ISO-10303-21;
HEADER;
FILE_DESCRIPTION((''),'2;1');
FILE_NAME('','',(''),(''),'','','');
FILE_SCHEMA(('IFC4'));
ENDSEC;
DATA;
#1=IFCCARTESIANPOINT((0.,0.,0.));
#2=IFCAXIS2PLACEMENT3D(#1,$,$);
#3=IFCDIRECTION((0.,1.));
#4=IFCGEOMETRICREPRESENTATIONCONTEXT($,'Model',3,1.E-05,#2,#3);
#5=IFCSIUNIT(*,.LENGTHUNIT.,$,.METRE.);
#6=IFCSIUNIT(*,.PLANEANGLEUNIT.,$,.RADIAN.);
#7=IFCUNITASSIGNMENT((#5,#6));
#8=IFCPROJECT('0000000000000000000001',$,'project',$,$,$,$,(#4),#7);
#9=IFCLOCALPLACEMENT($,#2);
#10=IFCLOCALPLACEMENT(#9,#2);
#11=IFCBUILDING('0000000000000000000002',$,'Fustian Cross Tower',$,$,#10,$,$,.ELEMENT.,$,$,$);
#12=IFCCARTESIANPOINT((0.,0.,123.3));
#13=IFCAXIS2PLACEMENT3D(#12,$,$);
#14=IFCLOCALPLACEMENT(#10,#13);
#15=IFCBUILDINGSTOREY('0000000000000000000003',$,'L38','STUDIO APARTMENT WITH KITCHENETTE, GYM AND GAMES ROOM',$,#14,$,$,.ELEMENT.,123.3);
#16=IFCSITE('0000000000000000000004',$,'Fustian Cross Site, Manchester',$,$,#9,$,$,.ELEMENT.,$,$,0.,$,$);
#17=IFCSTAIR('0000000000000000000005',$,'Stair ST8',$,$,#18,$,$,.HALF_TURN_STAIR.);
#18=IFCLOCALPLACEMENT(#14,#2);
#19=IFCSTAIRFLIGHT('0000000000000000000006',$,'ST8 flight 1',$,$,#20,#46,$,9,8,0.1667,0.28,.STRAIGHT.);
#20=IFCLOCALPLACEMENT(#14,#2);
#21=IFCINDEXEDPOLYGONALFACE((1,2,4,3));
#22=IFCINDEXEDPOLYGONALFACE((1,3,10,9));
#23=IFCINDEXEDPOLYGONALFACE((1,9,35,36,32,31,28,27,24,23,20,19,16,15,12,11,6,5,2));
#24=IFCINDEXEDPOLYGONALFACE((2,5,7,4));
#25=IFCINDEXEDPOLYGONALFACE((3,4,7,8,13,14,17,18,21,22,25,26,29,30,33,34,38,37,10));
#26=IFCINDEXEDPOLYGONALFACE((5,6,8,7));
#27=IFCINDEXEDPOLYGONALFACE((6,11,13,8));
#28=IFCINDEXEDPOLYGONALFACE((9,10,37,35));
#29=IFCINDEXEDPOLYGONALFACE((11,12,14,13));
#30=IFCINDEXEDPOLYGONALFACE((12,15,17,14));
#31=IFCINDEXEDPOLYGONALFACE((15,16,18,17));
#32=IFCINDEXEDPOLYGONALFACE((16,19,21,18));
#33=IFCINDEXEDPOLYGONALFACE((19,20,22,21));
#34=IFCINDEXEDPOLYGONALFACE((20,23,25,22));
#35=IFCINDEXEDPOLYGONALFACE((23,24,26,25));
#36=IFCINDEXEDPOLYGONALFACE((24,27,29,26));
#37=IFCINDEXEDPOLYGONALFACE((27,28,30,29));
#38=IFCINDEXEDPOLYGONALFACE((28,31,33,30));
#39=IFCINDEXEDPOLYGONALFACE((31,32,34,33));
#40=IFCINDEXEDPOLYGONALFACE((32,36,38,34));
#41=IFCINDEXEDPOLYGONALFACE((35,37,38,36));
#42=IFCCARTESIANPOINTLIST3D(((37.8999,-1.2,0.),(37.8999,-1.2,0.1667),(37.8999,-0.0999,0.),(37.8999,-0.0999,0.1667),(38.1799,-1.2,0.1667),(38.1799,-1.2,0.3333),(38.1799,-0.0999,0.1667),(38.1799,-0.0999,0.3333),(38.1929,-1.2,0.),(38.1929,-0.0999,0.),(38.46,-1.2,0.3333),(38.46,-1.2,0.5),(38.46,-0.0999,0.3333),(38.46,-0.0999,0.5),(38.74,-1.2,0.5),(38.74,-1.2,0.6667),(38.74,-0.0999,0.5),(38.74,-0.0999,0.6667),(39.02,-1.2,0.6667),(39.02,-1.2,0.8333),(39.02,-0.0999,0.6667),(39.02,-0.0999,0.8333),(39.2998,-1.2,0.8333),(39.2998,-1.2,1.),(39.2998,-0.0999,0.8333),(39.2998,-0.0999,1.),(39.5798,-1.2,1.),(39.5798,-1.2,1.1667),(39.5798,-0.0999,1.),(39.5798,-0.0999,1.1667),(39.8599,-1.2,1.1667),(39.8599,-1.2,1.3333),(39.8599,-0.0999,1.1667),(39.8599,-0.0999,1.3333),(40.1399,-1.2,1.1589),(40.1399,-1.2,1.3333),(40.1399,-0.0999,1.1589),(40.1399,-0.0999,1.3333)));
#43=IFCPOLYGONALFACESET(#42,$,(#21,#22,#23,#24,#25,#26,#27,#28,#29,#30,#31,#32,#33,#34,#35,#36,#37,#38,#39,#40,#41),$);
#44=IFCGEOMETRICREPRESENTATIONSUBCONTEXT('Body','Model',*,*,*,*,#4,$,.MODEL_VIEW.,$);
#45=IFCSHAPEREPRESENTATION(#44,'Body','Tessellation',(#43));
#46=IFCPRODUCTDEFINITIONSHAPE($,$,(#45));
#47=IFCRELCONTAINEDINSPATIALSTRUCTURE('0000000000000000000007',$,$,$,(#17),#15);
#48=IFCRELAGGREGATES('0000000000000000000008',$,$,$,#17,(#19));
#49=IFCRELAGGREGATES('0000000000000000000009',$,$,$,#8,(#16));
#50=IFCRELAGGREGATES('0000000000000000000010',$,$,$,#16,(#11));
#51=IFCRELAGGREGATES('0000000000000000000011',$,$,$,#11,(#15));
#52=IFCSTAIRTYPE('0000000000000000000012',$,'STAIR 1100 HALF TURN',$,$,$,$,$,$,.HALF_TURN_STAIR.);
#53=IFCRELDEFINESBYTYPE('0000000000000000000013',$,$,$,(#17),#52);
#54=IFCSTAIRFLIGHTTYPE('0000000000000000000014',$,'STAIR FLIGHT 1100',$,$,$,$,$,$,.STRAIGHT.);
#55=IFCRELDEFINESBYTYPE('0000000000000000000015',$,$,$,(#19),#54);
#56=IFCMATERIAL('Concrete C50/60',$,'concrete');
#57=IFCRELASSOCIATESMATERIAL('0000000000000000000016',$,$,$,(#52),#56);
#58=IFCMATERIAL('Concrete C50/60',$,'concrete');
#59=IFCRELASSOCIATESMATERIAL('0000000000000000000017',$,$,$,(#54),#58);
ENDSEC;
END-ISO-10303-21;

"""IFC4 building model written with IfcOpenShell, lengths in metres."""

from ifc_helpers import new_model, si_unit, direction, frame, origin, place, context, subcontext, project, spatial, polyline, outline, extrude, material, type_object, element, aggregate, save


model = new_model("IFC4")

# Units and contexts
model_context = context("Model", 3, precision=1e-05, world=origin(), true_north=direction((0.0, 1.0)))
body_context = subcontext(model_context, "Body", "Model", "MODEL_VIEW")
ifc_project = project(units=[si_unit("LENGTHUNIT", "METRE"), si_unit("PLANEANGLEUNIT", "RADIAN")], contexts=[model_context])

# Site, building, storey
site_placement = place(None, origin())
site = spatial("IfcSite", under=ifc_project, at=site_placement, Name="Fustian Cross Site, Manchester", CompositionType="ELEMENT", RefElevation=0.0)
building_placement = place(site_placement, origin())
building = spatial("IfcBuilding", under=site, at=building_placement, Name="Fustian Cross Tower", CompositionType="ELEMENT")
storey_placement = place(building_placement, frame((0.0, 0.0, 123.3)))
storey = spatial("IfcBuildingStorey", under=building, at=storey_placement, Name="L38", Description="STUDIO APARTMENT WITH KITCHENETTE, GYM AND GAMES ROOM", CompositionType="ELEMENT", Elevation=123.3)

# Stair, stair flight
ifc_material_1 = material(Name="Concrete C50/60", Category="concrete")
stair_type = type_object("IfcStairType", Name="STAIR 1100 HALF TURN", PredefinedType="HALF_TURN_STAIR", material=ifc_material_1)
stair_placement = place(storey_placement, origin())
stair = element("IfcStair", 1, at=stair_placement, inside=storey, type_object=stair_type, Name="Stair ST8", PredefinedType="HALF_TURN_STAIR")
ifc_material_2 = material(Name="Concrete C50/60", Category="concrete")
stair_flight_type = type_object("IfcStairFlightType", Name="STAIR FLIGHT 1100", PredefinedType="STRAIGHT", material=ifc_material_2)
stair_flight_placement = place(storey_placement, frame((37.8999, -0.6499, 0.0), z_axis=(0.0, 0.0, 1.0), x_axis=(1.0, 0.0, 0.0)))
stair_flight = element("IfcStairFlight", 2, at=stair_flight_placement, type_object=stair_flight_type, Name="ST8 flight 1", NumberOfRisers=9, NumberOfTreads=8, PredefinedType="STRAIGHT", RiserHeight=0.1667, TreadLength=0.28, context=body_context, shape_type="SweptSolid", body=[
    extrude(outline(polyline([(0.0, 0.0), (0.0, 0.1667), (0.28, 0.1667), (0.28, 0.3333), (0.5601, 0.3333), (0.5601, 0.5), (0.8401, 0.5), (0.8401, 0.6667), (1.1201, 0.6667), (1.1201, 0.8333), (1.3999, 0.8333), (1.3999, 1.0), (1.6799, 1.0), (1.6799, 1.1667), (1.96, 1.1667), (1.96, 1.3333), (2.24, 1.3333), (2.24, 1.5), (2.24, 1.1589), (0.293, 0.0), (0.0, 0.0)])), frame((0.0, 0.55, 0.0), z_axis=(0.0, -1.0, 0.0), x_axis=(1.0, 0.0, 0.0)), (0.0, 0.0, 1.0), 1.1001),
])
aggregate(stair, [stair_flight])

save(model, "model.ifc")
